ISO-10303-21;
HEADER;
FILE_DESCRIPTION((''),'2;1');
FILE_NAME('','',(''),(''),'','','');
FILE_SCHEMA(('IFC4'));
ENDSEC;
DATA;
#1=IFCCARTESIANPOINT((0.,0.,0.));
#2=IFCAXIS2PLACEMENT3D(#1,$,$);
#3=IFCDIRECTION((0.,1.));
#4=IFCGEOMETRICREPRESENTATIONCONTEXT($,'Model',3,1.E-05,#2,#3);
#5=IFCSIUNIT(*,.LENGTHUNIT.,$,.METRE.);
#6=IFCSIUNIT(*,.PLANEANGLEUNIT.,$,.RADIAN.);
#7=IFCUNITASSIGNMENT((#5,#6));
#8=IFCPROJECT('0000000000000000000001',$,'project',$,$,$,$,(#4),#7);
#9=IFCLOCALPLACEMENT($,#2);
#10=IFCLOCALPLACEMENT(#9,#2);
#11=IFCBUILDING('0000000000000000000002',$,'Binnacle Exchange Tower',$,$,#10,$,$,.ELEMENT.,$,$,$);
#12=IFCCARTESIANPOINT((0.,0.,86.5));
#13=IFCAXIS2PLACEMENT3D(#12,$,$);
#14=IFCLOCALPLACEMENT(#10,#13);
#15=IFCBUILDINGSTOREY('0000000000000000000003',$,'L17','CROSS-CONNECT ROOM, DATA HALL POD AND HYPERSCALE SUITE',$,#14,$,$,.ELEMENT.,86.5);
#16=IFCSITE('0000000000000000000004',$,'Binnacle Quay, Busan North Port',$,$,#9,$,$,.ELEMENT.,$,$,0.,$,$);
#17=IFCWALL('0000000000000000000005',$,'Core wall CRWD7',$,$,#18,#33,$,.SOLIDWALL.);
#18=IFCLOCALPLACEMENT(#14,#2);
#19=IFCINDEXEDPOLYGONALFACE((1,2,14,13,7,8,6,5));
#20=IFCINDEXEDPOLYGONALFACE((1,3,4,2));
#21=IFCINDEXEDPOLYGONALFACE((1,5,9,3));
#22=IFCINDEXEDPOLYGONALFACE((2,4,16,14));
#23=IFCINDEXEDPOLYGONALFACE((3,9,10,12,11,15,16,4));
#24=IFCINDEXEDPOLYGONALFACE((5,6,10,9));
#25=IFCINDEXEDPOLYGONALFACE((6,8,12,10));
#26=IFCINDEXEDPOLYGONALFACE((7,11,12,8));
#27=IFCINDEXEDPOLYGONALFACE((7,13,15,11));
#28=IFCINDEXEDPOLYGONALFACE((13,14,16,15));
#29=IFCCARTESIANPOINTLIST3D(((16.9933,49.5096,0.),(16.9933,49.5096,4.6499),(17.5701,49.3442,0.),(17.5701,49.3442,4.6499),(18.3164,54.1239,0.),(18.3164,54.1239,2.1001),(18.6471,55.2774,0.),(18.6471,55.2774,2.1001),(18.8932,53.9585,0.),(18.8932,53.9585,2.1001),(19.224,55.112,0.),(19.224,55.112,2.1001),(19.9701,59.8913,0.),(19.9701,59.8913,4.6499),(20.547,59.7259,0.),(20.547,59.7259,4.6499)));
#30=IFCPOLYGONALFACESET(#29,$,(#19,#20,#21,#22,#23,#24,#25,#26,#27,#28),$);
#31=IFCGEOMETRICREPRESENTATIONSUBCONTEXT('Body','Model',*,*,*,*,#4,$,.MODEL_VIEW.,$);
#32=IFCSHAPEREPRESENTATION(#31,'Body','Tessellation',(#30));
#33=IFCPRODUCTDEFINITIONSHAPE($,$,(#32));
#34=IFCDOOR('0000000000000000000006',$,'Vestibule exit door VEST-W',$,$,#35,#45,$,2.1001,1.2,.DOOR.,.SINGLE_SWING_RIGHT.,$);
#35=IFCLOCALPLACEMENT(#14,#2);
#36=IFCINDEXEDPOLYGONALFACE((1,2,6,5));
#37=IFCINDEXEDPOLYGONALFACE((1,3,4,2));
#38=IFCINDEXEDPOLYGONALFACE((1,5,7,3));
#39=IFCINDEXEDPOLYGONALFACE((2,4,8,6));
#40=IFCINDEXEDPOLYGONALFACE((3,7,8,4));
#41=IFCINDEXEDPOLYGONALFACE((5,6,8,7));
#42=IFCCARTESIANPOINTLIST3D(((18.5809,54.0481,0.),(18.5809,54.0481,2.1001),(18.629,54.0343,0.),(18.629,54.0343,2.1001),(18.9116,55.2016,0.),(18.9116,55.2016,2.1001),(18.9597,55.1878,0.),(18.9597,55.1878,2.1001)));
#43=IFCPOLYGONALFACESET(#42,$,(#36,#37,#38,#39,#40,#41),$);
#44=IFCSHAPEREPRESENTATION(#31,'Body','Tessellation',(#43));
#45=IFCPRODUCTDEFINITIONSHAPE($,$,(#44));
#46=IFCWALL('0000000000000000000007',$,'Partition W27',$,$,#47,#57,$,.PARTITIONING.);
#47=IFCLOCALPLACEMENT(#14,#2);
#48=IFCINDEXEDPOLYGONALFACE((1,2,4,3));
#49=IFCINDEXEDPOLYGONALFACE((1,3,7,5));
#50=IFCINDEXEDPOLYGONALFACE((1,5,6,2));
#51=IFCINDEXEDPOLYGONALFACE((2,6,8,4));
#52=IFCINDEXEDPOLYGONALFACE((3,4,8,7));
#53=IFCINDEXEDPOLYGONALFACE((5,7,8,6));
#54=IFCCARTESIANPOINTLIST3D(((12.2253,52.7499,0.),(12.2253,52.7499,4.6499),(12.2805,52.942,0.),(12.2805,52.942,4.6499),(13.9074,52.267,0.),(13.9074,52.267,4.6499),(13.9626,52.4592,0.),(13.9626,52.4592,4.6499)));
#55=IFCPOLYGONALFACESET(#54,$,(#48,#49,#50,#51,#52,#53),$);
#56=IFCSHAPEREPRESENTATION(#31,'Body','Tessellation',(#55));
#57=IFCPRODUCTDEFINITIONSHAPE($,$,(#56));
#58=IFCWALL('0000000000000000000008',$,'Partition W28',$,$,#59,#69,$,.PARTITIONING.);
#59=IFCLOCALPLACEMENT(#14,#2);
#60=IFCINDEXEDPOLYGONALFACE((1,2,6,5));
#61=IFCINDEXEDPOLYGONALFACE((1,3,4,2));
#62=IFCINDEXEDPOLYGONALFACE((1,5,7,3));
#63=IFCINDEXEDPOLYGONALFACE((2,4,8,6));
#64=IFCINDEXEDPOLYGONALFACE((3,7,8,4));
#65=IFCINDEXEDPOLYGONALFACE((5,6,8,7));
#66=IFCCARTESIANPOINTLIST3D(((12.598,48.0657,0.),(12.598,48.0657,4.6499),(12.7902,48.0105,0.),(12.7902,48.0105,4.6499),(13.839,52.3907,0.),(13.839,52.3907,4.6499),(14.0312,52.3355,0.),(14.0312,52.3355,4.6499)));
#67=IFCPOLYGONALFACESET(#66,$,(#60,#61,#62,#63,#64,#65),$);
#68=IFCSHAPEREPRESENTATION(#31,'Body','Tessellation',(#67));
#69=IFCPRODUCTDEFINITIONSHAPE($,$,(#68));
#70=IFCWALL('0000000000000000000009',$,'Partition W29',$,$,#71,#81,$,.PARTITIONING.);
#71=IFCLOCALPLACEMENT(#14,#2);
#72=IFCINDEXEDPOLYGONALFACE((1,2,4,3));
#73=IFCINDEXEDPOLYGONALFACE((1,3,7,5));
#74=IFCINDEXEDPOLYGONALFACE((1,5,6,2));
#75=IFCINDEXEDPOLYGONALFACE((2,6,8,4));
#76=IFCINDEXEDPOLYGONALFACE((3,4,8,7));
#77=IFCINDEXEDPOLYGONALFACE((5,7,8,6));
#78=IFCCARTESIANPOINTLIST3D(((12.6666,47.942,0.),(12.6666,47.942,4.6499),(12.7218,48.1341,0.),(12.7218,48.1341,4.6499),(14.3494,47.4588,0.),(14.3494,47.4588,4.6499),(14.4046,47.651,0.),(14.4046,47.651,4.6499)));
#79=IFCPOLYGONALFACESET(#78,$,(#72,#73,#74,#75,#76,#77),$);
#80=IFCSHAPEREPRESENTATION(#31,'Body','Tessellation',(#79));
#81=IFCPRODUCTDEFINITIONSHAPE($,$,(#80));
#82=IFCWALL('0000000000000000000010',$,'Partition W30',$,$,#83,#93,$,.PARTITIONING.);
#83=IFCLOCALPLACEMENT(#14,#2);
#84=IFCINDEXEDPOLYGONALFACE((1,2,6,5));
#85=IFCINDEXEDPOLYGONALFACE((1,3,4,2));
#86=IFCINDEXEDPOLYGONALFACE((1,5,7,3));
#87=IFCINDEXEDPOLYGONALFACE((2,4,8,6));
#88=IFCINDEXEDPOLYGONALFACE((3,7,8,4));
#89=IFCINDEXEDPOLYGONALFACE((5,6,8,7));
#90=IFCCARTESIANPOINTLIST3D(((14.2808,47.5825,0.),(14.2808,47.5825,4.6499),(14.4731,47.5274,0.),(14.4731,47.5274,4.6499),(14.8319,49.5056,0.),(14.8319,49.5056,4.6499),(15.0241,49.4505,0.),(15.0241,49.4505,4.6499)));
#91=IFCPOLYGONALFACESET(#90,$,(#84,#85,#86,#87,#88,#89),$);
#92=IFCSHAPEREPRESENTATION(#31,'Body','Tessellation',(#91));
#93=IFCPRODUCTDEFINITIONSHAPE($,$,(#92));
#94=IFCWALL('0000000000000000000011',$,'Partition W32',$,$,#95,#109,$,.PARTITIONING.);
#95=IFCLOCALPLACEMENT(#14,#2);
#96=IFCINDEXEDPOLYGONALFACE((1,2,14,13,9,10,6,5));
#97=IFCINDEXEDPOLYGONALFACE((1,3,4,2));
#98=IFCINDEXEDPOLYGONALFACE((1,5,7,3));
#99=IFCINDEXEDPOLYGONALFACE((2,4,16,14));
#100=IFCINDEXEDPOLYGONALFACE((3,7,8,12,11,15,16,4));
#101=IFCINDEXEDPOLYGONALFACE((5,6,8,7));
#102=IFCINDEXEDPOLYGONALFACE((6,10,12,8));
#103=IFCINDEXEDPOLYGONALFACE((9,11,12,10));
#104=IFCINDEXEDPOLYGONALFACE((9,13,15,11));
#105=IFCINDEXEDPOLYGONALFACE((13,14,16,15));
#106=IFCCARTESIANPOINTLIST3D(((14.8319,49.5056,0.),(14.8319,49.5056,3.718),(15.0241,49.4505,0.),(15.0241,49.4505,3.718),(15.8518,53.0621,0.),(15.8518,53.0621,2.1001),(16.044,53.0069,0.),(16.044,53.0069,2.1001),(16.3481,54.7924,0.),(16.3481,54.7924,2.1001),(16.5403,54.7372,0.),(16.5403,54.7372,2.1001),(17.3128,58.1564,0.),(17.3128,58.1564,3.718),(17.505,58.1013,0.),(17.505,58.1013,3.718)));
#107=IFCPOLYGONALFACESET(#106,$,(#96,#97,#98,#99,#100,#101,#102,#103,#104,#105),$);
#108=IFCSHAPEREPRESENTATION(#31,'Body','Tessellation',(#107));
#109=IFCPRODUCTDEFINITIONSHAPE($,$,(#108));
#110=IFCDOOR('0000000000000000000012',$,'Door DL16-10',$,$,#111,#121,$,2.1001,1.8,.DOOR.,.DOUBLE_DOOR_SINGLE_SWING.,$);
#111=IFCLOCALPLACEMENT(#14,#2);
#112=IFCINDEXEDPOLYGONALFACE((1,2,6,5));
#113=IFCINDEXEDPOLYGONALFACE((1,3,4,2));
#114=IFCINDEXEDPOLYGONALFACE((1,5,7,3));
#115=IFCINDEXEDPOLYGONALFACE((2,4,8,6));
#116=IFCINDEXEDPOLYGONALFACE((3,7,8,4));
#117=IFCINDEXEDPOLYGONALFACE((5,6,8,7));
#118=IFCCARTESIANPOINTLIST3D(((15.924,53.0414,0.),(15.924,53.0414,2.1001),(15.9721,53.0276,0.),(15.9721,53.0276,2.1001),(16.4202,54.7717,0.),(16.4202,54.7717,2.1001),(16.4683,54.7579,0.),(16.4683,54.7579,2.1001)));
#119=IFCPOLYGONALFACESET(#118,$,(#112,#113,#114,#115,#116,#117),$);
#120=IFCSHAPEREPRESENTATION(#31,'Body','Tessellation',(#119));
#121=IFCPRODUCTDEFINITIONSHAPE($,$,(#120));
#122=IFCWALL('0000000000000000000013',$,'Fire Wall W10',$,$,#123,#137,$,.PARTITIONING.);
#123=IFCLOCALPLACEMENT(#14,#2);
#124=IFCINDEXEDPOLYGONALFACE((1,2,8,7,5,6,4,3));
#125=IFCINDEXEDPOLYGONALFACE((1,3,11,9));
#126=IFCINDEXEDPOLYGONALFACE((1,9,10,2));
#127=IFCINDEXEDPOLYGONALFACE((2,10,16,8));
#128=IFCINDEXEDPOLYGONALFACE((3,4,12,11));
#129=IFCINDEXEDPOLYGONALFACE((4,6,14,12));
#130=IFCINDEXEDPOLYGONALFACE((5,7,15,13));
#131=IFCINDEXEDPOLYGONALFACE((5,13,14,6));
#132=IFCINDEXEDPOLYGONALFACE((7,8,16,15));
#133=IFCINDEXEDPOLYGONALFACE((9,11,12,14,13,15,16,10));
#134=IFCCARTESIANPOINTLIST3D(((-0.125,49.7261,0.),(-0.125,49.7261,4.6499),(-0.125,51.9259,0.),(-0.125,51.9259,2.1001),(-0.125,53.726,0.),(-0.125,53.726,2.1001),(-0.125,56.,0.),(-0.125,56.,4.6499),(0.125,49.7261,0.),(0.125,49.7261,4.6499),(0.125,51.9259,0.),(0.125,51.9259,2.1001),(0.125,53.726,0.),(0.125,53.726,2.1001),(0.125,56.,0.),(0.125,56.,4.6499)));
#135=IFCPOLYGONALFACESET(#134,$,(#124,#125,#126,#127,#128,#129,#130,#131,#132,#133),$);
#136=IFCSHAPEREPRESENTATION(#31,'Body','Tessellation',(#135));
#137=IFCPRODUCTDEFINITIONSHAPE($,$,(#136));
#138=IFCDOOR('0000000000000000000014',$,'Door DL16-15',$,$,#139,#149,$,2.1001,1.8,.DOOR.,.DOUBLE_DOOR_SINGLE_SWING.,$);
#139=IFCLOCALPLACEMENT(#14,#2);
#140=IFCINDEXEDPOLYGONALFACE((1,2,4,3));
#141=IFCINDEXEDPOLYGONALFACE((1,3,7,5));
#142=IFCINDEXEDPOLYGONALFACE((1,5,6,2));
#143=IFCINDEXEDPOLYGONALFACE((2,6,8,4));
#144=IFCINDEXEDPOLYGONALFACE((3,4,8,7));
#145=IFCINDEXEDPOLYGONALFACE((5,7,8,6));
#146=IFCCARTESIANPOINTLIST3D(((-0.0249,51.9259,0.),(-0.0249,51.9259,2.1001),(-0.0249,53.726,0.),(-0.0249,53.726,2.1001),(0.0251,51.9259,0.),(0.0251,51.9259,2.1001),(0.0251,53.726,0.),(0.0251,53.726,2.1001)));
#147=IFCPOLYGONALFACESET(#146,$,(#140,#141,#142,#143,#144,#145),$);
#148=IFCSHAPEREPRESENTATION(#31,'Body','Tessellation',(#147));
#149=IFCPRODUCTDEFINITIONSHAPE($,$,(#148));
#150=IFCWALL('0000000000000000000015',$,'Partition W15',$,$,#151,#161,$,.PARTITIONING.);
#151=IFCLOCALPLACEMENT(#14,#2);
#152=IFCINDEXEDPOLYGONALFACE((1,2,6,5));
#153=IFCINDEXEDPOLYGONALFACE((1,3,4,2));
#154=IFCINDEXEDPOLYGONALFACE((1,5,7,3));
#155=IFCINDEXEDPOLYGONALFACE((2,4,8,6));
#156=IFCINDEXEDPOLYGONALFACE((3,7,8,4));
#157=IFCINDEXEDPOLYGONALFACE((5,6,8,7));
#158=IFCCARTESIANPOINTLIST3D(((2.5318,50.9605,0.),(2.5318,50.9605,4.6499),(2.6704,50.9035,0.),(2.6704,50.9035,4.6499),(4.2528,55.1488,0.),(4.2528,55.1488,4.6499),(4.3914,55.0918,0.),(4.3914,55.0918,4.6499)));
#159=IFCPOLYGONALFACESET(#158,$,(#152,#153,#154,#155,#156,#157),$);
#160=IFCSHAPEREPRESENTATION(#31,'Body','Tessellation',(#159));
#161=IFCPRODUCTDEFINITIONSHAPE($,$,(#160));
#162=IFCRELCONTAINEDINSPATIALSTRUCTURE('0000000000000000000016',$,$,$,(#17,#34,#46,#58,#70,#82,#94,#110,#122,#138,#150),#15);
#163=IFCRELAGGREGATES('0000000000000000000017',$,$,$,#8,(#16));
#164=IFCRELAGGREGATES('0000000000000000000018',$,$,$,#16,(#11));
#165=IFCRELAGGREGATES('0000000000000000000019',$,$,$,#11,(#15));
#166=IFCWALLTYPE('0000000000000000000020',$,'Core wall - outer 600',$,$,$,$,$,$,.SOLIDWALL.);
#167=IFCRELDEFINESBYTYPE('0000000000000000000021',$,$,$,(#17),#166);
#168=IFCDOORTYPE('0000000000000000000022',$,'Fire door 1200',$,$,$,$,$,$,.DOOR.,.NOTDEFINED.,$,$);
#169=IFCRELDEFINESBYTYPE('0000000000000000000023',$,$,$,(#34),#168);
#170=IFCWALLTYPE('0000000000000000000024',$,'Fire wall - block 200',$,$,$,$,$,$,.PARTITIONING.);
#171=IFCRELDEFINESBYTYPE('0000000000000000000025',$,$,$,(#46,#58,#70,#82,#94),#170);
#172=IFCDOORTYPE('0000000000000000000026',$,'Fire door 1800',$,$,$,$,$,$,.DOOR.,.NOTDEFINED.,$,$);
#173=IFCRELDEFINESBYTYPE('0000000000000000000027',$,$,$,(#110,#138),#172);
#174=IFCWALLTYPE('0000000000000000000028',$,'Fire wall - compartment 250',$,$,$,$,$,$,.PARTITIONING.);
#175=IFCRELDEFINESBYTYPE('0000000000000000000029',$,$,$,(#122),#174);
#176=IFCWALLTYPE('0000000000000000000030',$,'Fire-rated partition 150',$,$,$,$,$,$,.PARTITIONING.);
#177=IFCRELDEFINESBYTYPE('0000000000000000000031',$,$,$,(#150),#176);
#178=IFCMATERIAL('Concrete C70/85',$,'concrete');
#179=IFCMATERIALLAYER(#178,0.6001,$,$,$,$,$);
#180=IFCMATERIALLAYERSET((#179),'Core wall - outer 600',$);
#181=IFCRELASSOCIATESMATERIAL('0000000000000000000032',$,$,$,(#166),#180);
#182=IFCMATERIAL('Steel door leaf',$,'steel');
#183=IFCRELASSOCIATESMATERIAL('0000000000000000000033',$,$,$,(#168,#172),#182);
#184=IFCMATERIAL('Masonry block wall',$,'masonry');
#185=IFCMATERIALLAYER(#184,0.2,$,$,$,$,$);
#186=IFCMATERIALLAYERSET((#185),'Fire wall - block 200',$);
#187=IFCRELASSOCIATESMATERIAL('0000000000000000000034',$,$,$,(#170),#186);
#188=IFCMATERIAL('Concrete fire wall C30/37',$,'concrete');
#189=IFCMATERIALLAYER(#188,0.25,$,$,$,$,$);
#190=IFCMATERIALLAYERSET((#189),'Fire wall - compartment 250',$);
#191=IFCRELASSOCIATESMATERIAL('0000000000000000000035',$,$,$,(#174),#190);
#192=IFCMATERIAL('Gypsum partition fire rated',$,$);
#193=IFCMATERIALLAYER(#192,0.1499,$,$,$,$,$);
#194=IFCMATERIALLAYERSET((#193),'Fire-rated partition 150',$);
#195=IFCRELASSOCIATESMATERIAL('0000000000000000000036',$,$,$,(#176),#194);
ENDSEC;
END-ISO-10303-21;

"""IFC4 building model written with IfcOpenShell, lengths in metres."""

from ifc_helpers import new_model, si_unit, direction, frame, frame_2d, origin, place, context, subcontext, project, spatial, rectangle, extrude, material, layer, layer_set, type_object, element, fill, save


model = new_model("IFC4")

# Units and contexts
model_context = context("Model", 3, precision=1e-05, world=origin(), true_north=direction((0.0, 1.0)))
body_context = subcontext(model_context, "Body", "Model", "MODEL_VIEW")
ifc_project = project(units=[si_unit("LENGTHUNIT", "METRE"), si_unit("PLANEANGLEUNIT", "RADIAN")], contexts=[model_context])

# Site, building, storey
site_placement = place(None, origin())
site = spatial("IfcSite", under=ifc_project, at=site_placement, Name="Binnacle Quay, Busan North Port", CompositionType="ELEMENT", RefElevation=0.0)
building_placement = place(site_placement, origin())
building = spatial("IfcBuilding", under=site, at=building_placement, Name="Binnacle Exchange Tower", CompositionType="ELEMENT")
storey_placement = place(building_placement, frame((0.0, 0.0, 86.5)))
storey = spatial("IfcBuildingStorey", under=building, at=storey_placement, Name="L17", Description="CROSS-CONNECT ROOM, DATA HALL POD AND HYPERSCALE SUITE", CompositionType="ELEMENT", Elevation=86.5)

# Shared definitions
ifc_material_1 = material(Name="Concrete C70/85", Category="concrete")

# Shared definitions
ifc_layer_1 = layer(ifc_material_1, 0.6001)
ifc_layer_set_1 = layer_set([ifc_layer_1], Name="Core wall - outer 600")
wall_type_1 = type_object("IfcWallType", Name="Core wall - outer 600", PredefinedType="SOLIDWALL", material=ifc_layer_set_1)

# Wall, opening, door
wall_1_placement = place(storey_placement, frame((17.2817, 49.427, 0.0), z_axis=(0.0, 0.0, 1.0), x_axis=(0.275632, 0.961263, 0.0)))
wall_1 = element("IfcWall", 1, at=wall_1_placement, inside=storey, type_object=wall_type_1, Name="Core wall CRWD7", PredefinedType="SOLIDWALL", context=body_context, shape_type="SweptSolid", body=[
    extrude(rectangle(XDim=10.8, YDim=0.6001, at=frame_2d((5.3999, 0.0))), origin(), (0.0, 0.0, 1.0), 4.6499),
])
opening_1_placement = place(wall_1_placement, frame((4.8, 0.0, 0.0)))
opening_1 = element("IfcOpeningElement", 2, at=opening_1_placement, cuts=wall_1, PredefinedType="OPENING", context=body_context, shape_type="SweptSolid", body=[
    extrude(rectangle(XDim=1.2, YDim=2.1001, at=frame_2d((0.6001, 1.05))), frame((0.0, 0.3101, 0.0), z_axis=(0.0, -1.0, 0.0), x_axis=(1.0, 0.0, 0.0)), (0.0, 0.0, 1.0), 0.6201),
])
ifc_material_2 = material(Name="Steel door leaf", Category="steel")
door_type_1 = type_object("IfcDoorType", Name="Fire door 1200", OperationType="NOTDEFINED", PredefinedType="DOOR", material=ifc_material_2)
door_1_placement = place(opening_1_placement, origin())
door_1 = element("IfcDoor", 3, at=door_1_placement, inside=storey, type_object=door_type_1, Name="Vestibule exit door VEST-W", OperationType="SINGLE_SWING_RIGHT", OverallHeight=2.1001, OverallWidth=1.2, PredefinedType="DOOR", context=body_context, shape_type="SweptSolid", body=[
    extrude(rectangle(XDim=1.2, YDim=2.1001, at=frame_2d((0.6001, 1.05))), frame((0.0, 0.0249, 0.0), z_axis=(0.0, -1.0, 0.0), x_axis=(1.0, 0.0, 0.0)), (0.0, 0.0, 1.0), 0.05),
])
fill(opening_1, door_1)

# Walls
ifc_material_3 = material(Name="Masonry block wall", Category="masonry")
ifc_layer_2 = layer(ifc_material_3, 0.2)
ifc_layer_set_2 = layer_set([ifc_layer_2], Name="Fire wall - block 200")
wall_type_2 = type_object("IfcWallType", Name="Fire wall - block 200", PredefinedType="PARTITIONING", material=ifc_layer_set_2)
wall_2_placement = place(storey_placement, frame((12.2529, 52.8459, 0.0), z_axis=(0.0, 0.0, 1.0), x_axis=(0.961176, -0.275937, 0.0)))
element("IfcWall", 4, at=wall_2_placement, inside=storey, type_object=wall_type_2, Name="Partition W27", PredefinedType="PARTITIONING", context=body_context, shape_type="SweptSolid", body=[
    extrude(rectangle(XDim=1.75, YDim=0.2, at=frame_2d((0.875, 0.0))), origin(), (0.0, 0.0, 1.0), 4.6499),
])
wall_3_placement = place(storey_placement, frame((12.6941, 48.0381, 0.0), z_axis=(0.0, 0.0, 1.0), x_axis=(0.275803, 0.961214, 0.0)))
element("IfcWall", 5, at=wall_3_placement, inside=storey, type_object=wall_type_2, Name="Partition W28", PredefinedType="PARTITIONING", context=body_context, shape_type="SweptSolid", body=[
    extrude(rectangle(XDim=4.4995, YDim=0.2, at=frame_2d((2.2498, 0.0))), origin(), (0.0, 0.0, 1.0), 4.6499),
])
wall_4_placement = place(storey_placement, frame((12.6941, 48.0381, 0.0), z_axis=(0.0, 0.0, 1.0), x_axis=(0.961171, -0.275955, 0.0)))
element("IfcWall", 6, at=wall_4_placement, inside=storey, type_object=wall_type_2, Name="Partition W29", PredefinedType="PARTITIONING", context=body_context, shape_type="SweptSolid", body=[
    extrude(rectangle(XDim=1.7507, YDim=0.2, at=frame_2d((0.8755, 0.0))), origin(), (0.0, 0.0, 1.0), 4.6499),
])
wall_5_placement = place(storey_placement, frame((14.377, 47.5549, 0.0), z_axis=(0.0, 0.0, 1.0), x_axis=(0.275446, 0.961316, 0.0)))
element("IfcWall", 7, at=wall_5_placement, inside=storey, type_object=wall_type_2, Name="Partition W30", PredefinedType="PARTITIONING", context=body_context, shape_type="SweptSolid", body=[
    extrude(rectangle(XDim=2.0005, YDim=0.2, at=frame_2d((1.0002, 0.0))), origin(), (0.0, 0.0, 1.0), 4.6499),
])

# Walls, openings, doors
wall_6_placement = place(storey_placement, frame((14.928, 49.478, 0.0), z_axis=(0.0, 0.0, 1.0), x_axis=(0.275674, 0.961251, 0.0)))
wall_6 = element("IfcWall", 8, at=wall_6_placement, inside=storey, type_object=wall_type_2, Name="Partition W32", PredefinedType="PARTITIONING", context=body_context, shape_type="SweptSolid", body=[
    extrude(rectangle(XDim=8.9995, YDim=0.2, at=frame_2d((4.4998, 0.0))), origin(), (0.0, 0.0, 1.0), 3.718),
])
opening_2_placement = place(wall_6_placement, frame((3.7, 0.0, 0.0)))
opening_2 = element("IfcOpeningElement", 9, at=opening_2_placement, cuts=wall_6, PredefinedType="OPENING", context=body_context, shape_type="SweptSolid", body=[
    extrude(rectangle(XDim=1.8, YDim=2.1001, at=frame_2d((0.8999, 1.05))), frame((0.0, 0.1099, 0.0), z_axis=(0.0, -1.0, 0.0), x_axis=(1.0, 0.0, 0.0)), (0.0, 0.0, 1.0), 0.22),
])
door_type_2 = type_object("IfcDoorType", Name="Fire door 1800", OperationType="NOTDEFINED", PredefinedType="DOOR", material=ifc_material_2)
door_2_placement = place(opening_2_placement, origin())
door_2 = element("IfcDoor", 10, at=door_2_placement, inside=storey, type_object=door_type_2, Name="Door DL16-10", OperationType="DOUBLE_DOOR_SINGLE_SWING", OverallHeight=2.1001, OverallWidth=1.8, PredefinedType="DOOR", context=body_context, shape_type="SweptSolid", body=[
    extrude(rectangle(XDim=1.8, YDim=2.1001, at=frame_2d((0.8999, 1.05))), frame((0.0, 0.0249, 0.0), z_axis=(0.0, -1.0, 0.0), x_axis=(1.0, 0.0, 0.0)), (0.0, 0.0, 1.0), 0.05),
])
fill(opening_2, door_2)
ifc_material_4 = material(Name="Concrete fire wall C30/37", Category="concrete")
ifc_layer_3 = layer(ifc_material_4, 0.25)
ifc_layer_set_3 = layer_set([ifc_layer_3], Name="Fire wall - compartment 250")
wall_type_3 = type_object("IfcWallType", Name="Fire wall - compartment 250", PredefinedType="PARTITIONING", material=ifc_layer_set_3)
wall_7_placement = place(storey_placement, frame((0.0, 49.7261, 0.0), z_axis=(0.0, 0.0, 1.0), x_axis=(0.0, 1.0, 0.0)))
wall_7 = element("IfcWall", 11, at=wall_7_placement, inside=storey, type_object=wall_type_3, Name="Fire Wall W10", PredefinedType="PARTITIONING", context=body_context, shape_type="SweptSolid", body=[
    extrude(rectangle(XDim=6.2739, YDim=0.25, at=frame_2d((3.137, 0.0))), origin(), (0.0, 0.0, 1.0), 4.6499),
])
opening_3_placement = place(wall_7_placement, frame((2.2, 0.0, 0.0)))
opening_3 = element("IfcOpeningElement", 12, at=opening_3_placement, cuts=wall_7, PredefinedType="OPENING", context=body_context, shape_type="SweptSolid", body=[
    extrude(rectangle(XDim=1.8, YDim=2.1001, at=frame_2d((0.8999, 1.05))), frame((0.0, 0.135, 0.0), z_axis=(0.0, -1.0, 0.0), x_axis=(1.0, 0.0, 0.0)), (0.0, 0.0, 1.0), 0.27),
])
door_3_placement = place(opening_3_placement, origin())
door_3 = element("IfcDoor", 13, at=door_3_placement, inside=storey, type_object=door_type_2, Name="Door DL16-15", OperationType="DOUBLE_DOOR_SINGLE_SWING", OverallHeight=2.1001, OverallWidth=1.8, PredefinedType="DOOR", context=body_context, shape_type="SweptSolid", body=[
    extrude(rectangle(XDim=1.8, YDim=2.1001, at=frame_2d((0.8999, 1.05))), frame((0.0, 0.0249, 0.0), z_axis=(0.0, -1.0, 0.0), x_axis=(1.0, 0.0, 0.0)), (0.0, 0.0, 1.0), 0.05),
])
fill(opening_3, door_3)

# Wall
ifc_material_5 = material(Name="Gypsum partition fire rated")
ifc_layer_4 = layer(ifc_material_5, 0.1499)
ifc_layer_set_4 = layer_set([ifc_layer_4], Name="Fire-rated partition 150")
wall_type_4 = type_object("IfcWallType", Name="Fire-rated partition 150", PredefinedType="PARTITIONING", material=ifc_layer_set_4)
wall_8_placement = place(storey_placement, frame((2.6011, 50.9319, 0.0), z_axis=(0.0, 0.0, 1.0), x_axis=(0.380066, 0.924959, 0.0)))
element("IfcWall", 14, at=wall_8_placement, inside=storey, type_object=wall_type_4, Name="Partition W15", PredefinedType="PARTITIONING", context=body_context, shape_type="SweptSolid", body=[
    extrude(rectangle(XDim=4.5281, YDim=0.1499, at=frame_2d((2.2642, 0.0))), origin(), (0.0, 0.0, 1.0), 4.6499),
])

save(model, "model.ifc")
